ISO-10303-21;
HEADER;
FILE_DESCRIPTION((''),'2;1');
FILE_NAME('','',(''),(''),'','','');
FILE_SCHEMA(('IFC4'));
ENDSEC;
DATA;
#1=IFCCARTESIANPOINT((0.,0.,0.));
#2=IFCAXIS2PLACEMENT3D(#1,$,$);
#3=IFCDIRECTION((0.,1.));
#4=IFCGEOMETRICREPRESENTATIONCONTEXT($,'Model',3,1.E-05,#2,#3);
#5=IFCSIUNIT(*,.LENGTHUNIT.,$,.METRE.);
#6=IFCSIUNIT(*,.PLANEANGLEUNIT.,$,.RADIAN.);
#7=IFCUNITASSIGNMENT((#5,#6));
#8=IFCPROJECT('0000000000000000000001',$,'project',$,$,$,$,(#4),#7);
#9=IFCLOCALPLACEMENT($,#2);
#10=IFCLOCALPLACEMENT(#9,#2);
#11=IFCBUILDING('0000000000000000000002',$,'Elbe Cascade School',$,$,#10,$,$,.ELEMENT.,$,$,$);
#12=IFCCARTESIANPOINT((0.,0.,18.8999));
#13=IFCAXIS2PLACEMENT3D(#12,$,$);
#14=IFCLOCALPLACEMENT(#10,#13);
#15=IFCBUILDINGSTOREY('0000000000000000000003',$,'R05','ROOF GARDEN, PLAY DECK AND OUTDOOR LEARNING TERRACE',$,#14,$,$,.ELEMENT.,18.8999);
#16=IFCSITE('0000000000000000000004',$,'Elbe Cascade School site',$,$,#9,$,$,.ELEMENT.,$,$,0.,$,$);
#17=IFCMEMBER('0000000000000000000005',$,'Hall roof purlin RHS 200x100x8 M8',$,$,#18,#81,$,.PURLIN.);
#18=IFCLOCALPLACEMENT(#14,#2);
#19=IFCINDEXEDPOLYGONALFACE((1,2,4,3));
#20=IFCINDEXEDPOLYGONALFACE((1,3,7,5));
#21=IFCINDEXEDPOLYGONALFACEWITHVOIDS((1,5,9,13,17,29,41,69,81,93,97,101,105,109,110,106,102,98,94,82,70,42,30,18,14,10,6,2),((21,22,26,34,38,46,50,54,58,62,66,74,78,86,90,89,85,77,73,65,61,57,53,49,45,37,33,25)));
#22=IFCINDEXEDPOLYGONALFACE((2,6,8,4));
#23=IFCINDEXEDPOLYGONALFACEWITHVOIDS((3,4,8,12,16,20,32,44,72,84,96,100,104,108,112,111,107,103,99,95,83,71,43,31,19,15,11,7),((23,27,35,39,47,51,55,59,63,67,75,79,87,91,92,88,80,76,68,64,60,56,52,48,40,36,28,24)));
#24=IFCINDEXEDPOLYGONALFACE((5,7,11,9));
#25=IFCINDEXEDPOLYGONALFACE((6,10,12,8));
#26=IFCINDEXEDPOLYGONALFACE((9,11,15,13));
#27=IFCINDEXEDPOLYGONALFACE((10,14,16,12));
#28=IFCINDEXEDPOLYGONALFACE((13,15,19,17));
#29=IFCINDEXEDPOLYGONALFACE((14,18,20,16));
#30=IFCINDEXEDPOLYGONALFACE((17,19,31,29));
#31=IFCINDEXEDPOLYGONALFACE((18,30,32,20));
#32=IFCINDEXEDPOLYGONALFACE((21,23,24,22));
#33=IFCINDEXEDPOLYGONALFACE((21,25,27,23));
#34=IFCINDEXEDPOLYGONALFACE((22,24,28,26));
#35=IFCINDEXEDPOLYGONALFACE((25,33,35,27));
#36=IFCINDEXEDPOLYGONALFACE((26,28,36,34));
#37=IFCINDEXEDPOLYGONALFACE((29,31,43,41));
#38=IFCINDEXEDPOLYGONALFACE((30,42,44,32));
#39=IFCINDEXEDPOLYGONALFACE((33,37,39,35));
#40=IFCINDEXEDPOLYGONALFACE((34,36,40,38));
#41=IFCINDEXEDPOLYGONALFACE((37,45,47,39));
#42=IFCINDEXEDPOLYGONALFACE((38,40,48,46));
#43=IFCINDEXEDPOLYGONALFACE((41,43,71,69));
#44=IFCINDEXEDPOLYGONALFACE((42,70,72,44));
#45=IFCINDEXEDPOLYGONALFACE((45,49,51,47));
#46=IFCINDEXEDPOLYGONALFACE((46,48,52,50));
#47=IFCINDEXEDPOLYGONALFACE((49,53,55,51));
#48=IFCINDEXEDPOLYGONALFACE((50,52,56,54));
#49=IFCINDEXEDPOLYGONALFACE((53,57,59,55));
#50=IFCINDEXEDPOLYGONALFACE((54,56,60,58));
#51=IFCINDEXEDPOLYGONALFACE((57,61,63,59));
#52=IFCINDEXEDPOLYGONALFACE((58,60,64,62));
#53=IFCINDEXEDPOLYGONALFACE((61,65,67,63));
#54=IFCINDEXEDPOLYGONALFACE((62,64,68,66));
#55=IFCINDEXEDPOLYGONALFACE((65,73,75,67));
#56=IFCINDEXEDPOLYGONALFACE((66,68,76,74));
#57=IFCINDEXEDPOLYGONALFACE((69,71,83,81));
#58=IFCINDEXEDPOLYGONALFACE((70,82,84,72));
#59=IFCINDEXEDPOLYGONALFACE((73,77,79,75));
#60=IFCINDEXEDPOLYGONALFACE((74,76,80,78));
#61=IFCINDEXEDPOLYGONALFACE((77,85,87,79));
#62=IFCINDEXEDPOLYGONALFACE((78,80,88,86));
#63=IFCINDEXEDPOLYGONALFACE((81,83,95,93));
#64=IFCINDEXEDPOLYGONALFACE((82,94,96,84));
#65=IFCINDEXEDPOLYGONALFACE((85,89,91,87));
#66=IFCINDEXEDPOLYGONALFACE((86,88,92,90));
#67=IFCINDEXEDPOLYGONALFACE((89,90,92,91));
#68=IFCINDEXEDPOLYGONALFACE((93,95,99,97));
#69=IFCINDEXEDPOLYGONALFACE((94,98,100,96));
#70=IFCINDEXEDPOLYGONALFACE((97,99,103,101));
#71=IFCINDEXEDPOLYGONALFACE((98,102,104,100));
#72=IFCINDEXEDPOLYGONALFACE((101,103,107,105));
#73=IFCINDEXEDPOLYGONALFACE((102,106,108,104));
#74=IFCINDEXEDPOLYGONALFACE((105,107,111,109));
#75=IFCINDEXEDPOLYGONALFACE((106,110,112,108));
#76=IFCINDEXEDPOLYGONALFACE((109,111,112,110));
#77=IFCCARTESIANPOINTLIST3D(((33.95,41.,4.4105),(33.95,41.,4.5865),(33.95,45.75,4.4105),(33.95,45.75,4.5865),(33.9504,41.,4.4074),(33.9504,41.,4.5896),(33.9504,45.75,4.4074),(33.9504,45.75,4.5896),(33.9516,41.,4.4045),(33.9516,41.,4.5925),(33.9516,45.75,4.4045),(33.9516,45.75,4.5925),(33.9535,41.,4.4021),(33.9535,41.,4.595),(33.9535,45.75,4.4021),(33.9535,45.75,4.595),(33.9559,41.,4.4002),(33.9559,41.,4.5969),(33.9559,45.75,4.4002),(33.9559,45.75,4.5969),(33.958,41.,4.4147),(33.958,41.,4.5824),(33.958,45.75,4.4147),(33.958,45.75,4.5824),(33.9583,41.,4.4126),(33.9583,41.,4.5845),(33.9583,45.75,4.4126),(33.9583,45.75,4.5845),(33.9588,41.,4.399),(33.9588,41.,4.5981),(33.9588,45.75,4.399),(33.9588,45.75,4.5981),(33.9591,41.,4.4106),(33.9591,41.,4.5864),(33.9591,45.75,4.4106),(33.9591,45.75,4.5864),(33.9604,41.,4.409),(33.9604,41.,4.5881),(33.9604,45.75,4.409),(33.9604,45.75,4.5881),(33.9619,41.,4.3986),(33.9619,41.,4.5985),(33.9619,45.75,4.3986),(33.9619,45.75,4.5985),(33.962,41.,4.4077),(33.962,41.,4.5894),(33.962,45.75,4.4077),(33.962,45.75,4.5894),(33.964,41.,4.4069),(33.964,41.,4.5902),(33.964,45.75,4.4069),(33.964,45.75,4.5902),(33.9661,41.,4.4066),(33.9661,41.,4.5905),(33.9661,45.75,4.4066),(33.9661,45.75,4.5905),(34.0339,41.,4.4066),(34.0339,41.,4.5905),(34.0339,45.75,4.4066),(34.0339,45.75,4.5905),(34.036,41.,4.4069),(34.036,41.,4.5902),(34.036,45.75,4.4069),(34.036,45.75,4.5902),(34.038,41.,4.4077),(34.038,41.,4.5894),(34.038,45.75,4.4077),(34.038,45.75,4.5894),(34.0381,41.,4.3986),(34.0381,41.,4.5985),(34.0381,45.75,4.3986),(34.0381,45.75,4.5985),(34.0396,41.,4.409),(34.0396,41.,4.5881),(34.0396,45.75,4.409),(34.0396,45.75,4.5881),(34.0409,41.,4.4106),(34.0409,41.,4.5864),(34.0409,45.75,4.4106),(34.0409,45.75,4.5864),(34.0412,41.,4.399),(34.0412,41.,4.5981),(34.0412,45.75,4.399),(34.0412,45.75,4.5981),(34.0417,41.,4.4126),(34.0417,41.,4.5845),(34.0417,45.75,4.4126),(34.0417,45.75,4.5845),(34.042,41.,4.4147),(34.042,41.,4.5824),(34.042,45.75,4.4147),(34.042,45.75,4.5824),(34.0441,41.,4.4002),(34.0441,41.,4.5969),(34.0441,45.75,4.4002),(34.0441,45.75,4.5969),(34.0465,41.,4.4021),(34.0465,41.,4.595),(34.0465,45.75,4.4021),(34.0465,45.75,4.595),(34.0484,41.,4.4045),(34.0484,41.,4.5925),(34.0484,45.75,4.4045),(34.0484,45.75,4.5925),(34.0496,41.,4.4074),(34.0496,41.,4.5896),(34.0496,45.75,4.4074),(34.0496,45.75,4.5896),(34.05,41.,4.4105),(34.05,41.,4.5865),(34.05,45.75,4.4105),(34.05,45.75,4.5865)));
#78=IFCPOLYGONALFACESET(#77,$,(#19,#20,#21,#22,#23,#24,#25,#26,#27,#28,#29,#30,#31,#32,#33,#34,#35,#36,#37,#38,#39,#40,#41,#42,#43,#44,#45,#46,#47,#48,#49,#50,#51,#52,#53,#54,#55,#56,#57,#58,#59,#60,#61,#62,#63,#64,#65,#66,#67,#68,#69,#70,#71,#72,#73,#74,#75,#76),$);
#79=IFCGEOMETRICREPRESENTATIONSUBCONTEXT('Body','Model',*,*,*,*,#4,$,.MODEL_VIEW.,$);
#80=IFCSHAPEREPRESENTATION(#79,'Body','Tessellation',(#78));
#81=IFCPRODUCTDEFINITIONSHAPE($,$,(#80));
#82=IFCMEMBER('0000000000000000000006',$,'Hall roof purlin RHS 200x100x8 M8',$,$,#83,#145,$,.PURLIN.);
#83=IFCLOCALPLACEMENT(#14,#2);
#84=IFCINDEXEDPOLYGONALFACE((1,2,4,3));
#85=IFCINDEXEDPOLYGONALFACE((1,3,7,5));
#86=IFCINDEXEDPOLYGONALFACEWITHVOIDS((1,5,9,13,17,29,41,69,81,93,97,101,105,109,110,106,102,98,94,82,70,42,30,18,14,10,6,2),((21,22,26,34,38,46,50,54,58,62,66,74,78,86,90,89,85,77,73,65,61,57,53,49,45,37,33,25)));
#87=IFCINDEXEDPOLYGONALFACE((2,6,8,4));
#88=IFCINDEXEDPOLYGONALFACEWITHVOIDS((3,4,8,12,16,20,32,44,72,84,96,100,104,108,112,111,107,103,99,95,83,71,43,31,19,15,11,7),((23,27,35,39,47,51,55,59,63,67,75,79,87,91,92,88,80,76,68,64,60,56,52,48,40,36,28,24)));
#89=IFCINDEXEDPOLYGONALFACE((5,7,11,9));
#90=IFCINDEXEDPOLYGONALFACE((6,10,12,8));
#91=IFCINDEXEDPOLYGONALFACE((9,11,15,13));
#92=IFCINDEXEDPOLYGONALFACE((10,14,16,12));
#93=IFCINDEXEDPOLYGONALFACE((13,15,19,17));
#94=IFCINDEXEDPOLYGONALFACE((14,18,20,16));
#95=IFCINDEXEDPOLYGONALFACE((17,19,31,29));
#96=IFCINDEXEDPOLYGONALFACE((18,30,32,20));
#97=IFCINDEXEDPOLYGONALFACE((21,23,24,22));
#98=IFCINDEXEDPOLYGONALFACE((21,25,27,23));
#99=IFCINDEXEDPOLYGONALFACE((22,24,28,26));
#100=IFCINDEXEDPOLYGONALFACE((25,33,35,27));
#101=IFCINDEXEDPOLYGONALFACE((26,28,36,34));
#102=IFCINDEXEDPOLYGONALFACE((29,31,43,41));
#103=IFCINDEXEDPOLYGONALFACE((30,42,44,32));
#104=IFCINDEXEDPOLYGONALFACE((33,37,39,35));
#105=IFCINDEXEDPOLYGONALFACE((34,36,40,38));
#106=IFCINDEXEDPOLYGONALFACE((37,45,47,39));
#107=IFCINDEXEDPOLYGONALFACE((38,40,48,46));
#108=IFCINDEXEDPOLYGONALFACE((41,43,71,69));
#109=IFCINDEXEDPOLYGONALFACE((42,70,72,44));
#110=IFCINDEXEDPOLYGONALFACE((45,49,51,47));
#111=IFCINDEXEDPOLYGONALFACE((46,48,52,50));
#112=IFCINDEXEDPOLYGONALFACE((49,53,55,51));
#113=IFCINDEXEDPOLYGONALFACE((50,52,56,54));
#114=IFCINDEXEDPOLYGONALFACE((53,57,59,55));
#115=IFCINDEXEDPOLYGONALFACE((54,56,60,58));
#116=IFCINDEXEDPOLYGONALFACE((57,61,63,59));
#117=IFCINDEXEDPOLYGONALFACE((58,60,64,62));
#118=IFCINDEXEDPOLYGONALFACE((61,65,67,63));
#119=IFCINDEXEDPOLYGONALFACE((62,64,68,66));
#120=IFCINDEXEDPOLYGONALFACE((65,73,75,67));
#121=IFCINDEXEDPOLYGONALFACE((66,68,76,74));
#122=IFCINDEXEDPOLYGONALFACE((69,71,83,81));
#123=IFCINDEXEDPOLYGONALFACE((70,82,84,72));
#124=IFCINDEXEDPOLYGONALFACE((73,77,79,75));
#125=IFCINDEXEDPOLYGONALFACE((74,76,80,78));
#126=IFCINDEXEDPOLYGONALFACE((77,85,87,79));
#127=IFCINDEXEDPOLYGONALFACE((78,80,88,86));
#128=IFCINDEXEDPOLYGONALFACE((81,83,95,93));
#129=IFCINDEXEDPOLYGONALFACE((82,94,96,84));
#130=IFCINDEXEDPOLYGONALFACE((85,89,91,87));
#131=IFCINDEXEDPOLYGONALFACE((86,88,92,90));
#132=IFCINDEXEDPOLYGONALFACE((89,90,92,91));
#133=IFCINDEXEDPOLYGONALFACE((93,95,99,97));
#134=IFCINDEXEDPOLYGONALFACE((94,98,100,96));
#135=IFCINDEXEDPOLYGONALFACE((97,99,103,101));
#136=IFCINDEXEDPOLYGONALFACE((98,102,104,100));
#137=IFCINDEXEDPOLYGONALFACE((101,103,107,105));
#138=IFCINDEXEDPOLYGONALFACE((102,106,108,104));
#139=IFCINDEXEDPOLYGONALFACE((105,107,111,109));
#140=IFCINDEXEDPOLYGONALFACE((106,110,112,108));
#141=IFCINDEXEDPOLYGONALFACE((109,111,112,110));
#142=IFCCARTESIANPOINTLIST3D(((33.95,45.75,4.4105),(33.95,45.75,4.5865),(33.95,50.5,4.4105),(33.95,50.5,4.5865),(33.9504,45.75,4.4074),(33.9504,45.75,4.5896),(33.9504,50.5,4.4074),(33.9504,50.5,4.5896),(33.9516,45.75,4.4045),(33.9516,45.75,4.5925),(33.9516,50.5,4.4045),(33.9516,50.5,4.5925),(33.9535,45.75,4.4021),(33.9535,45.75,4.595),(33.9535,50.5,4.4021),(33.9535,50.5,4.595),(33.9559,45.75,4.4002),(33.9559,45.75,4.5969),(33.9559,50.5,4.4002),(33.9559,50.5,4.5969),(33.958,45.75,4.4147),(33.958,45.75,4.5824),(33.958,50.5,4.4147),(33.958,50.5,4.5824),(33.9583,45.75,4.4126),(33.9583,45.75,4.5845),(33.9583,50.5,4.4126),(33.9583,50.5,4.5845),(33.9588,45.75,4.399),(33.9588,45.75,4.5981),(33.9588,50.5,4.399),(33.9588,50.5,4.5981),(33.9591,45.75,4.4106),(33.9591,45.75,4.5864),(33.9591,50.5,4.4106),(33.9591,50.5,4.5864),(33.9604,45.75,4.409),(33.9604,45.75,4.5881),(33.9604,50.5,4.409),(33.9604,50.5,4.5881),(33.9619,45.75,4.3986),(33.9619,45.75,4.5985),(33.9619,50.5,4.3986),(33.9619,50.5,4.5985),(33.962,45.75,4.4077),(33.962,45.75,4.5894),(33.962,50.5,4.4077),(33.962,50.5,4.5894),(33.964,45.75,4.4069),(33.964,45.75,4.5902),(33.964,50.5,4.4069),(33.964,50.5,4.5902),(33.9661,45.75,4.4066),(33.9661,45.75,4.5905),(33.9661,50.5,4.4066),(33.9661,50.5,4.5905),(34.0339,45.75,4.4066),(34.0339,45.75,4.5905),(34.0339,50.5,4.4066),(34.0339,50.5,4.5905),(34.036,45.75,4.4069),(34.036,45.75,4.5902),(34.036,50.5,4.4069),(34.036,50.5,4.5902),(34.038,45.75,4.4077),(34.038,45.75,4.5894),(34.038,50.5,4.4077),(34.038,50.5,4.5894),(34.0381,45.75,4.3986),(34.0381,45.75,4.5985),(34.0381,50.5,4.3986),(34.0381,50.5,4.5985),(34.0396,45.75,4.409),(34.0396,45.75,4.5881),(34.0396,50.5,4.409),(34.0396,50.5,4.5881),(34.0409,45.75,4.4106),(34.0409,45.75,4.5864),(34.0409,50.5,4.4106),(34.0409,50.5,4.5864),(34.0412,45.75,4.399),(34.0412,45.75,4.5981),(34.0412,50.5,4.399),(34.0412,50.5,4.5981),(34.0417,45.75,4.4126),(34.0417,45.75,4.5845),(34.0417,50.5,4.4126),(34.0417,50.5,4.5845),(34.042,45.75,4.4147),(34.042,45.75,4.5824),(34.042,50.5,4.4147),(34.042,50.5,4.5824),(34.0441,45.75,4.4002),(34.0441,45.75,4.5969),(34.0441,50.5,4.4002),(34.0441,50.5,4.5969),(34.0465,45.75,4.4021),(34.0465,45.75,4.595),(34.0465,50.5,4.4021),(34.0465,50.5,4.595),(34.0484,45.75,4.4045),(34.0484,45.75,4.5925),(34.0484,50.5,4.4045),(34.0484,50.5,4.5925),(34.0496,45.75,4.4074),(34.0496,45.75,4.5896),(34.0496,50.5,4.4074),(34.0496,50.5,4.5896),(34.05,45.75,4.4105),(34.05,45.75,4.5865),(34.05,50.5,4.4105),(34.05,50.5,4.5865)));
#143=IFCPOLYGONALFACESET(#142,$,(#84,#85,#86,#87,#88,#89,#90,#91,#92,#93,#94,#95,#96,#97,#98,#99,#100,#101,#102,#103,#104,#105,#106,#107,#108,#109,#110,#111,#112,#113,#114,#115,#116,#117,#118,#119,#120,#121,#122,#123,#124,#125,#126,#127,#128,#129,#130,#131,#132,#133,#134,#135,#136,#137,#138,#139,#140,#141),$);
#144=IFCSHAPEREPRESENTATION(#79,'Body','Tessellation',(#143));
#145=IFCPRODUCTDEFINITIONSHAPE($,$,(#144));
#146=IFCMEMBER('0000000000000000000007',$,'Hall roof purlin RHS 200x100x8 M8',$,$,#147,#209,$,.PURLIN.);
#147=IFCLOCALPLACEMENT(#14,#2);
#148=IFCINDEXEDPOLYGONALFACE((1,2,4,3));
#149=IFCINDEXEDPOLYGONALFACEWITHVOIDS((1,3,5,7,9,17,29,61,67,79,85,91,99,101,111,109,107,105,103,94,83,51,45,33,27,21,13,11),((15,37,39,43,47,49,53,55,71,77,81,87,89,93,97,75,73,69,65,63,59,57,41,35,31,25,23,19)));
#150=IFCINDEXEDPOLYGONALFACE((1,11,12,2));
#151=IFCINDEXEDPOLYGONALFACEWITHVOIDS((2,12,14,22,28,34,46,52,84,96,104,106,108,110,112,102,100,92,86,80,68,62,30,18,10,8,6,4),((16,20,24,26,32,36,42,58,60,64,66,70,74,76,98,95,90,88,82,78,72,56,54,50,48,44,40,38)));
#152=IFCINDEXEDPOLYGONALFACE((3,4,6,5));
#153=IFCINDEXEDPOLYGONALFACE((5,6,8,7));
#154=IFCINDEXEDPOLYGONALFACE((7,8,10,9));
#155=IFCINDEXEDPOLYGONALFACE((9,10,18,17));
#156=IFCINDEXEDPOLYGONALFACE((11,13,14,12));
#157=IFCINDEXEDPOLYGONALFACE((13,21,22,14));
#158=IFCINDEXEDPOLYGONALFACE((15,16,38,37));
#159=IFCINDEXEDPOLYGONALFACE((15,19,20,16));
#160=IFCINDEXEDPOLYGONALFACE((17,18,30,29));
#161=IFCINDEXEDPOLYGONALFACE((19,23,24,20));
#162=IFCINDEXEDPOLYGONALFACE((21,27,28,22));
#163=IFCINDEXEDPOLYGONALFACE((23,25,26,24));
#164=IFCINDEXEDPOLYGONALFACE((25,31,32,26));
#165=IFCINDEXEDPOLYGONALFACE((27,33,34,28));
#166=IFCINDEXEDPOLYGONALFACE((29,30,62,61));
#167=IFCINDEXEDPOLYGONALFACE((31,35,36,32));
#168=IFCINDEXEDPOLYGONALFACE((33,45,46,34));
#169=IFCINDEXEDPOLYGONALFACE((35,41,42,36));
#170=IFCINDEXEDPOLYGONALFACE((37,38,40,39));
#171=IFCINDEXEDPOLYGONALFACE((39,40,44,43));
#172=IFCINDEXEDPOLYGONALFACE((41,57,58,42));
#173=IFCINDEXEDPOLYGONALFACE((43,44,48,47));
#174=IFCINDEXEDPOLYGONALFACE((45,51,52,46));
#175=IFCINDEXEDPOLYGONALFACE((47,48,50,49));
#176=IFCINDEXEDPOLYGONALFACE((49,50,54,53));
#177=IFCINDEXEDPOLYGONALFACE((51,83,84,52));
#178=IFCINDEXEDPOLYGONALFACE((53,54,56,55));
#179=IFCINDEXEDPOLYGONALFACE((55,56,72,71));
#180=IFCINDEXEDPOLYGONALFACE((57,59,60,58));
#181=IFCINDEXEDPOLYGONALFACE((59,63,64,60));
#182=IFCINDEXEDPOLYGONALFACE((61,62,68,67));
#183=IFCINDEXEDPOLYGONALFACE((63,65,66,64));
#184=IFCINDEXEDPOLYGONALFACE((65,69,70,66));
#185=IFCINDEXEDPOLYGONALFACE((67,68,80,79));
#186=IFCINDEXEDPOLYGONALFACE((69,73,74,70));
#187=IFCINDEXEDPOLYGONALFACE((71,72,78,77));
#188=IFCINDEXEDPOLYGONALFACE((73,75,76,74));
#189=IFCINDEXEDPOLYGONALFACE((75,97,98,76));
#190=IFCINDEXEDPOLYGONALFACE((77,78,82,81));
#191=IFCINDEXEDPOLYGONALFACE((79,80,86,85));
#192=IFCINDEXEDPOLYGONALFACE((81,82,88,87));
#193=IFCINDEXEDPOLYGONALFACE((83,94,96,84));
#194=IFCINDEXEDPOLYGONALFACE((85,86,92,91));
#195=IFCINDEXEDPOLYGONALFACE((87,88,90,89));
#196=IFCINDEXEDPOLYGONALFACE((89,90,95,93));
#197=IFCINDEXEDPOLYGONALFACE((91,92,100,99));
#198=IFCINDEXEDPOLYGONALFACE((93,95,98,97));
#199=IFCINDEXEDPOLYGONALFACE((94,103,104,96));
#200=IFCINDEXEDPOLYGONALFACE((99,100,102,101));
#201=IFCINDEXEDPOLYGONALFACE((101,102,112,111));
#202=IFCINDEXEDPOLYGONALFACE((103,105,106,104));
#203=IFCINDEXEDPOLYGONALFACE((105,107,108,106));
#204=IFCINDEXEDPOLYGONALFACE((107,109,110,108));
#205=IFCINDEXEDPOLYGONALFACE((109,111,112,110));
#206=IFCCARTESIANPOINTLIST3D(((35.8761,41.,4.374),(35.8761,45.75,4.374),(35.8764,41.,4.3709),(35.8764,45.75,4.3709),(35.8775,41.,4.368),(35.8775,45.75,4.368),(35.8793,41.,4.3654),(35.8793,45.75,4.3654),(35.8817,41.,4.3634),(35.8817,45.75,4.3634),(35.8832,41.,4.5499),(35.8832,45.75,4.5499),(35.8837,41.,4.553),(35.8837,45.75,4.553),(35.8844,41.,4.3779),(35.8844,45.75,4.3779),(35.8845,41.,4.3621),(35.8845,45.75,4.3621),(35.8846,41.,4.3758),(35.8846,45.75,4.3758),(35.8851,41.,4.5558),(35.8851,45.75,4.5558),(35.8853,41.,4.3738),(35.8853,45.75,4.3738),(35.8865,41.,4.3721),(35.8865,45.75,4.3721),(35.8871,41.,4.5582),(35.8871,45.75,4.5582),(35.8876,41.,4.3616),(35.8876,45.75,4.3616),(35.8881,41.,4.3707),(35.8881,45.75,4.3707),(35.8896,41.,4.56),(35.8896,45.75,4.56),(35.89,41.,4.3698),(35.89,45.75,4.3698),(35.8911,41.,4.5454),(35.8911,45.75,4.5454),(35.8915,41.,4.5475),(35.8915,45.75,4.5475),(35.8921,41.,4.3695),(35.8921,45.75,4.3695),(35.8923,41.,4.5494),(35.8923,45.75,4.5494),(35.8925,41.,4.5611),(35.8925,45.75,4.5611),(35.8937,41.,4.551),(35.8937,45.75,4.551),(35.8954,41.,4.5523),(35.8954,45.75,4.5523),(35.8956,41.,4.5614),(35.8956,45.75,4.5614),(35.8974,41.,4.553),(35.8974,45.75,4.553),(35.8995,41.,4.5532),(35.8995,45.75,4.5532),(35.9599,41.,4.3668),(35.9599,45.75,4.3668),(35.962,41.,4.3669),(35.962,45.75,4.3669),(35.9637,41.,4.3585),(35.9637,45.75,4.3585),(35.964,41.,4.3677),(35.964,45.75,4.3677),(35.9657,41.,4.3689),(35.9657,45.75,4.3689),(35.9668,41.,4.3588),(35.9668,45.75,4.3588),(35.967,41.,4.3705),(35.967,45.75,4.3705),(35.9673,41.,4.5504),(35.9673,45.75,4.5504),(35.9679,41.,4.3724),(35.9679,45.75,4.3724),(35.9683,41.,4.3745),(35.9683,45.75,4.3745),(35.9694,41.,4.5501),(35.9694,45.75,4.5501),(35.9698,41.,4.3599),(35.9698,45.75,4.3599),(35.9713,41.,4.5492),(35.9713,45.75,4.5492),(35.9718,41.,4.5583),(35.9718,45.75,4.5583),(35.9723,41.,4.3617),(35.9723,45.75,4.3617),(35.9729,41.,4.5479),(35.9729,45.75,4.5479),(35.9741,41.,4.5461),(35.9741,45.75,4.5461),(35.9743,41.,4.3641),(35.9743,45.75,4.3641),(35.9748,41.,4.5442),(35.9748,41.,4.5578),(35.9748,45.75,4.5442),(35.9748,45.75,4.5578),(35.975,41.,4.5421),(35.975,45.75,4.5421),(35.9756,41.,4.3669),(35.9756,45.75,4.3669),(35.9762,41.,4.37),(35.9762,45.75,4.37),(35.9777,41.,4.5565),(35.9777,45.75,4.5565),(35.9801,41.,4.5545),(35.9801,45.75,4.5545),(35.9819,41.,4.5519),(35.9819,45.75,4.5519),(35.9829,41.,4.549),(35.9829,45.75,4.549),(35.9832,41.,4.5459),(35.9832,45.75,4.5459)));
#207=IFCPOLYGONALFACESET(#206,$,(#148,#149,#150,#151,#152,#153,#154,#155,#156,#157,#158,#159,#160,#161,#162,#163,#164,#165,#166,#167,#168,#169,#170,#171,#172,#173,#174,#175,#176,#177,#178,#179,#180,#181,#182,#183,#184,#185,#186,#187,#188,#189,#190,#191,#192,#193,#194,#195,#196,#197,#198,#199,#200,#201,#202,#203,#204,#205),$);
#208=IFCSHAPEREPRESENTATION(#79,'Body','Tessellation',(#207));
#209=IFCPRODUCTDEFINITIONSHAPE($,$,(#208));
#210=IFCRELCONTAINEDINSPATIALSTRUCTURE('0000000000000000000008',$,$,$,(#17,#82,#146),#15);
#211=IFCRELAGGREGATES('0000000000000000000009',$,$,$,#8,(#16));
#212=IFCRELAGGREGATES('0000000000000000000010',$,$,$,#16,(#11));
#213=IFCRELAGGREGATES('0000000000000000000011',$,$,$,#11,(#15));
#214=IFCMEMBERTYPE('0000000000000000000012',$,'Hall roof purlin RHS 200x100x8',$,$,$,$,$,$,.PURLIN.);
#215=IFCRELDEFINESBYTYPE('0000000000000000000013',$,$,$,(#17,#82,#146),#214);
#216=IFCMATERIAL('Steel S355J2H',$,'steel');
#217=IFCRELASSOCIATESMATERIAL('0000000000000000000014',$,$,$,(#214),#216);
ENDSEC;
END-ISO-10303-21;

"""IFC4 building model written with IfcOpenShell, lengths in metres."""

from ifc_helpers import new_model, si_unit, direction, frame, origin, origin_2d, place, context, subcontext, project, spatial, hollow_rectangle, extrude, material, material_profile, profile_set, type_object, element, save


model = new_model("IFC4")

# Units and contexts
model_context = context("Model", 3, precision=1e-05, world=origin(), true_north=direction((0.0, 1.0)))
body_context = subcontext(model_context, "Body", "Model", "MODEL_VIEW")
ifc_project = project(units=[si_unit("LENGTHUNIT", "METRE"), si_unit("PLANEANGLEUNIT", "RADIAN")], contexts=[model_context])

# Site, building, storey
site_placement = place(None, origin())
site = spatial("IfcSite", under=ifc_project, at=site_placement, Name="Elbe Cascade School site", CompositionType="ELEMENT", RefElevation=0.0)
building_placement = place(site_placement, origin())
building = spatial("IfcBuilding", under=site, at=building_placement, Name="Elbe Cascade School", CompositionType="ELEMENT")
storey_placement = place(building_placement, frame((0.0, 0.0, 18.8999)))
storey = spatial("IfcBuildingStorey", under=building, at=storey_placement, Name="R05", Description="ROOF GARDEN, PLAY DECK AND OUTDOOR LEARNING TERRACE", CompositionType="ELEMENT", Elevation=18.8999)

# Members
ifc_material_1 = material(Name="Steel S355J2H", Category="steel")
ifc_material_profile_1 = material_profile(ifc_material_1, hollow_rectangle(XDim=0.1001, YDim=0.2, WallThickness=0.0081, InnerFilletRadius=0.0081, OuterFilletRadius=0.012, at=origin_2d()), Name="RHS 200x100x8")
ifc_profile_set_1 = profile_set([ifc_material_profile_1], Name="Steel S355J2H")
member_type_1 = type_object("IfcMemberType", Name="Hall roof purlin RHS 200x100x8", PredefinedType="PURLIN", material=ifc_profile_set_1)
for number, where, z_axis, x_axis, name in (
    (1, (34.0, 41.0, 4.4985), (0.0, 1.0, 0.0), (-1.0, 0.0, 0.0), "Hall roof purlin RHS 200x100x8 M8"),
    (2, (34.0, 45.75, 4.4985), (0.0, 1.0, 0.0), (-1.0, 0.0, 0.0), "Hall roof purlin RHS 200x100x8 M8"),
    (3, (35.9297, 41.0, 4.46), (0.0, 1.0, 0.0), (-0.999193, 0.0, 0.040154), "Hall roof purlin RHS 200x100x8 M8"),
):
    element("IfcMember", number, at=place(storey_placement, frame(where, z_axis=z_axis, x_axis=x_axis)), inside=storey, type_object=member_type_1, Name=name, PredefinedType="PURLIN", context=body_context, shape_type="SweptSolid", body=[
        extrude(hollow_rectangle(XDim=0.1001, YDim=0.2, WallThickness=0.0081, InnerFilletRadius=0.0081, OuterFilletRadius=0.012, at=origin_2d()), origin(), (0.0, 0.0, 1.0), 4.75),
    ])

save(model, "model.ifc")
